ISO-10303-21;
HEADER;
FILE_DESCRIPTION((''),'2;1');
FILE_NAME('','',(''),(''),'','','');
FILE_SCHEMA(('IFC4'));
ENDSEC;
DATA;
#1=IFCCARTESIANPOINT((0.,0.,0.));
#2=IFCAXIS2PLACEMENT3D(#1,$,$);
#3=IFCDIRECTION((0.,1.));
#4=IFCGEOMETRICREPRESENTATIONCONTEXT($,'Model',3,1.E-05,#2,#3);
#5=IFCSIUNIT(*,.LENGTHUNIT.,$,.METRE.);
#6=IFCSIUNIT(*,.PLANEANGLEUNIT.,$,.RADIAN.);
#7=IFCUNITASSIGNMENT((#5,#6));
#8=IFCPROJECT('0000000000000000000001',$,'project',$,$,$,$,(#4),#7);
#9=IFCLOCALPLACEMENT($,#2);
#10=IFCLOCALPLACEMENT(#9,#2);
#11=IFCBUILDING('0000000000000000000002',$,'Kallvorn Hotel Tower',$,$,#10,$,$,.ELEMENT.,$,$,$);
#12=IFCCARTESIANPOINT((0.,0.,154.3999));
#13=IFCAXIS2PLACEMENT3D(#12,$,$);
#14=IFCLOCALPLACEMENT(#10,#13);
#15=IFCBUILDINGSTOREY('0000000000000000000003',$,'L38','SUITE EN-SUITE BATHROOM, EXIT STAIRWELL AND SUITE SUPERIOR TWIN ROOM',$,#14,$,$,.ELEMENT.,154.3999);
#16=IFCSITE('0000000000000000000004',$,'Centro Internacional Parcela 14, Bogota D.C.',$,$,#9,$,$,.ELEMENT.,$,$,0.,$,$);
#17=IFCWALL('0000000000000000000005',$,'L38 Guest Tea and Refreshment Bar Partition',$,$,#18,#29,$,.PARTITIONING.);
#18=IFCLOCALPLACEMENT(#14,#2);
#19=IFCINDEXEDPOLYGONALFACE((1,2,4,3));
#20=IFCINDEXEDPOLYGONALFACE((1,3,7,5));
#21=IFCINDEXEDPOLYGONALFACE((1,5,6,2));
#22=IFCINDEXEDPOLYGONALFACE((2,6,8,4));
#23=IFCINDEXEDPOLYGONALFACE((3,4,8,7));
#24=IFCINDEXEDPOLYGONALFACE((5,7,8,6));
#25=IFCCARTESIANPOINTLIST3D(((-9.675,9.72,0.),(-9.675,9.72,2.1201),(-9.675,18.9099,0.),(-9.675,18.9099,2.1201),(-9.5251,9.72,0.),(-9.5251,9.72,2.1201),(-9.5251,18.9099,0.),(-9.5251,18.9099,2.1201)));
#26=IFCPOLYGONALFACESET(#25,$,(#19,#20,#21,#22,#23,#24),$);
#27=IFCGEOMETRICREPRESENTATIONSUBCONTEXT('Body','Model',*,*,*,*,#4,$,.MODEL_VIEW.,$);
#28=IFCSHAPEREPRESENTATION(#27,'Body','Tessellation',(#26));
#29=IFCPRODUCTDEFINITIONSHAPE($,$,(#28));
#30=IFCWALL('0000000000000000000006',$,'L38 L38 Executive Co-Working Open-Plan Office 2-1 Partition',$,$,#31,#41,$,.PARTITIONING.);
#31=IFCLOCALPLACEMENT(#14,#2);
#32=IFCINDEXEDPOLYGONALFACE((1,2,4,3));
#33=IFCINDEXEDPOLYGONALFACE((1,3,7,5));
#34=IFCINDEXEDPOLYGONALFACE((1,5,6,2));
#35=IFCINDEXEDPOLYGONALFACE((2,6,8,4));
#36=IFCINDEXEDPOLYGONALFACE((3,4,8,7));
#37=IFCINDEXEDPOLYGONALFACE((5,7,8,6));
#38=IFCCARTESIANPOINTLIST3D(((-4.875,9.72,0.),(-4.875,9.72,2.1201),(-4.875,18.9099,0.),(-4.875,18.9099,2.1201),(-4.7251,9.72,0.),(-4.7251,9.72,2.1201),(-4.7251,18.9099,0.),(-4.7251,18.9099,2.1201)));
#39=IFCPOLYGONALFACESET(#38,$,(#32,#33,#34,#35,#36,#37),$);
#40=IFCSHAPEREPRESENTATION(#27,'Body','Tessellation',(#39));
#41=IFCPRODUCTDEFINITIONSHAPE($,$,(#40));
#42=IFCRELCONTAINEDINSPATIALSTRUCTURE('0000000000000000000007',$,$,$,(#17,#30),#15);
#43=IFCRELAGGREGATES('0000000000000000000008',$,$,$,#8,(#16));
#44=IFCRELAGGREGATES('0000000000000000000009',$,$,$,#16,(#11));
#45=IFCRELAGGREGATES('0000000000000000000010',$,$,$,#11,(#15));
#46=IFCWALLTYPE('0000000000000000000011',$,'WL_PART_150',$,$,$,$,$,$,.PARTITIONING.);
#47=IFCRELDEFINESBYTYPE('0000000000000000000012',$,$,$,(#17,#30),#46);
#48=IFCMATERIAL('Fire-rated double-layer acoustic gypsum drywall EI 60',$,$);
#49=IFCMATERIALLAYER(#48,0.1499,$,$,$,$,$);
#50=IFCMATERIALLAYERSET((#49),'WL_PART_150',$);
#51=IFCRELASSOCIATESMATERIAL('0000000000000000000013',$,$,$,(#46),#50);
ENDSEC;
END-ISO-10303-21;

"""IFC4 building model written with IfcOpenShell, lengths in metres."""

from ifc_helpers import new_model, si_unit, direction, frame, frame_2d, origin, place, context, subcontext, project, spatial, rectangle, extrude, material, layer, layer_set, type_object, element, save


model = new_model("IFC4")

# Units and contexts
model_context = context("Model", 3, precision=1e-05, world=origin(), true_north=direction((0.0, 1.0)))
body_context = subcontext(model_context, "Body", "Model", "MODEL_VIEW")
ifc_project = project(units=[si_unit("LENGTHUNIT", "METRE"), si_unit("PLANEANGLEUNIT", "RADIAN")], contexts=[model_context])

# Site, building, storey
site_placement = place(None, origin())
site = spatial("IfcSite", under=ifc_project, at=site_placement, Name="Centro Internacional Parcela 14, Bogota D.C.", CompositionType="ELEMENT", RefElevation=0.0)
building_placement = place(site_placement, origin())
building = spatial("IfcBuilding", under=site, at=building_placement, Name="Kallvorn Hotel Tower", CompositionType="ELEMENT")
storey_placement = place(building_placement, frame((0.0, 0.0, 154.3999)))
storey = spatial("IfcBuildingStorey", under=building, at=storey_placement, Name="L38", Description="SUITE EN-SUITE BATHROOM, EXIT STAIRWELL AND SUITE SUPERIOR TWIN ROOM", CompositionType="ELEMENT", Elevation=154.3999)

# Walls
ifc_material_1 = material(Name="Fire-rated double-layer acoustic gypsum drywall EI 60")
ifc_layer_1 = layer(ifc_material_1, 0.1499)
ifc_layer_set_1 = layer_set([ifc_layer_1], Name="WL_PART_150")
wall_type_1 = type_object("IfcWallType", Name="WL_PART_150", PredefinedType="PARTITIONING", material=ifc_layer_set_1)
for number, where, z_axis, x_axis, name in (
    (1, (-9.6001, 9.72, 0.0), (0.0, 0.0, 1.0), (0.0, 1.0, 0.0), "L38 Guest Tea and Refreshment Bar Partition"),
    (2, (-4.8, 9.72, 0.0), (0.0, 0.0, 1.0), (0.0, 1.0, 0.0), "L38 L38 Executive Co-Working Open-Plan Office 2-1 Partition"),
):
    element("IfcWall", number, at=place(storey_placement, frame(where, z_axis=z_axis, x_axis=x_axis)), inside=storey, type_object=wall_type_1, Name=name, PredefinedType="PARTITIONING", context=body_context, shape_type="SweptSolid", body=[
        extrude(rectangle(XDim=9.1899, YDim=0.1499, at=frame_2d((4.595, 0.0))), origin(), (0.0, 0.0, 1.0), 2.1201),
    ])

save(model, "model.ifc")
